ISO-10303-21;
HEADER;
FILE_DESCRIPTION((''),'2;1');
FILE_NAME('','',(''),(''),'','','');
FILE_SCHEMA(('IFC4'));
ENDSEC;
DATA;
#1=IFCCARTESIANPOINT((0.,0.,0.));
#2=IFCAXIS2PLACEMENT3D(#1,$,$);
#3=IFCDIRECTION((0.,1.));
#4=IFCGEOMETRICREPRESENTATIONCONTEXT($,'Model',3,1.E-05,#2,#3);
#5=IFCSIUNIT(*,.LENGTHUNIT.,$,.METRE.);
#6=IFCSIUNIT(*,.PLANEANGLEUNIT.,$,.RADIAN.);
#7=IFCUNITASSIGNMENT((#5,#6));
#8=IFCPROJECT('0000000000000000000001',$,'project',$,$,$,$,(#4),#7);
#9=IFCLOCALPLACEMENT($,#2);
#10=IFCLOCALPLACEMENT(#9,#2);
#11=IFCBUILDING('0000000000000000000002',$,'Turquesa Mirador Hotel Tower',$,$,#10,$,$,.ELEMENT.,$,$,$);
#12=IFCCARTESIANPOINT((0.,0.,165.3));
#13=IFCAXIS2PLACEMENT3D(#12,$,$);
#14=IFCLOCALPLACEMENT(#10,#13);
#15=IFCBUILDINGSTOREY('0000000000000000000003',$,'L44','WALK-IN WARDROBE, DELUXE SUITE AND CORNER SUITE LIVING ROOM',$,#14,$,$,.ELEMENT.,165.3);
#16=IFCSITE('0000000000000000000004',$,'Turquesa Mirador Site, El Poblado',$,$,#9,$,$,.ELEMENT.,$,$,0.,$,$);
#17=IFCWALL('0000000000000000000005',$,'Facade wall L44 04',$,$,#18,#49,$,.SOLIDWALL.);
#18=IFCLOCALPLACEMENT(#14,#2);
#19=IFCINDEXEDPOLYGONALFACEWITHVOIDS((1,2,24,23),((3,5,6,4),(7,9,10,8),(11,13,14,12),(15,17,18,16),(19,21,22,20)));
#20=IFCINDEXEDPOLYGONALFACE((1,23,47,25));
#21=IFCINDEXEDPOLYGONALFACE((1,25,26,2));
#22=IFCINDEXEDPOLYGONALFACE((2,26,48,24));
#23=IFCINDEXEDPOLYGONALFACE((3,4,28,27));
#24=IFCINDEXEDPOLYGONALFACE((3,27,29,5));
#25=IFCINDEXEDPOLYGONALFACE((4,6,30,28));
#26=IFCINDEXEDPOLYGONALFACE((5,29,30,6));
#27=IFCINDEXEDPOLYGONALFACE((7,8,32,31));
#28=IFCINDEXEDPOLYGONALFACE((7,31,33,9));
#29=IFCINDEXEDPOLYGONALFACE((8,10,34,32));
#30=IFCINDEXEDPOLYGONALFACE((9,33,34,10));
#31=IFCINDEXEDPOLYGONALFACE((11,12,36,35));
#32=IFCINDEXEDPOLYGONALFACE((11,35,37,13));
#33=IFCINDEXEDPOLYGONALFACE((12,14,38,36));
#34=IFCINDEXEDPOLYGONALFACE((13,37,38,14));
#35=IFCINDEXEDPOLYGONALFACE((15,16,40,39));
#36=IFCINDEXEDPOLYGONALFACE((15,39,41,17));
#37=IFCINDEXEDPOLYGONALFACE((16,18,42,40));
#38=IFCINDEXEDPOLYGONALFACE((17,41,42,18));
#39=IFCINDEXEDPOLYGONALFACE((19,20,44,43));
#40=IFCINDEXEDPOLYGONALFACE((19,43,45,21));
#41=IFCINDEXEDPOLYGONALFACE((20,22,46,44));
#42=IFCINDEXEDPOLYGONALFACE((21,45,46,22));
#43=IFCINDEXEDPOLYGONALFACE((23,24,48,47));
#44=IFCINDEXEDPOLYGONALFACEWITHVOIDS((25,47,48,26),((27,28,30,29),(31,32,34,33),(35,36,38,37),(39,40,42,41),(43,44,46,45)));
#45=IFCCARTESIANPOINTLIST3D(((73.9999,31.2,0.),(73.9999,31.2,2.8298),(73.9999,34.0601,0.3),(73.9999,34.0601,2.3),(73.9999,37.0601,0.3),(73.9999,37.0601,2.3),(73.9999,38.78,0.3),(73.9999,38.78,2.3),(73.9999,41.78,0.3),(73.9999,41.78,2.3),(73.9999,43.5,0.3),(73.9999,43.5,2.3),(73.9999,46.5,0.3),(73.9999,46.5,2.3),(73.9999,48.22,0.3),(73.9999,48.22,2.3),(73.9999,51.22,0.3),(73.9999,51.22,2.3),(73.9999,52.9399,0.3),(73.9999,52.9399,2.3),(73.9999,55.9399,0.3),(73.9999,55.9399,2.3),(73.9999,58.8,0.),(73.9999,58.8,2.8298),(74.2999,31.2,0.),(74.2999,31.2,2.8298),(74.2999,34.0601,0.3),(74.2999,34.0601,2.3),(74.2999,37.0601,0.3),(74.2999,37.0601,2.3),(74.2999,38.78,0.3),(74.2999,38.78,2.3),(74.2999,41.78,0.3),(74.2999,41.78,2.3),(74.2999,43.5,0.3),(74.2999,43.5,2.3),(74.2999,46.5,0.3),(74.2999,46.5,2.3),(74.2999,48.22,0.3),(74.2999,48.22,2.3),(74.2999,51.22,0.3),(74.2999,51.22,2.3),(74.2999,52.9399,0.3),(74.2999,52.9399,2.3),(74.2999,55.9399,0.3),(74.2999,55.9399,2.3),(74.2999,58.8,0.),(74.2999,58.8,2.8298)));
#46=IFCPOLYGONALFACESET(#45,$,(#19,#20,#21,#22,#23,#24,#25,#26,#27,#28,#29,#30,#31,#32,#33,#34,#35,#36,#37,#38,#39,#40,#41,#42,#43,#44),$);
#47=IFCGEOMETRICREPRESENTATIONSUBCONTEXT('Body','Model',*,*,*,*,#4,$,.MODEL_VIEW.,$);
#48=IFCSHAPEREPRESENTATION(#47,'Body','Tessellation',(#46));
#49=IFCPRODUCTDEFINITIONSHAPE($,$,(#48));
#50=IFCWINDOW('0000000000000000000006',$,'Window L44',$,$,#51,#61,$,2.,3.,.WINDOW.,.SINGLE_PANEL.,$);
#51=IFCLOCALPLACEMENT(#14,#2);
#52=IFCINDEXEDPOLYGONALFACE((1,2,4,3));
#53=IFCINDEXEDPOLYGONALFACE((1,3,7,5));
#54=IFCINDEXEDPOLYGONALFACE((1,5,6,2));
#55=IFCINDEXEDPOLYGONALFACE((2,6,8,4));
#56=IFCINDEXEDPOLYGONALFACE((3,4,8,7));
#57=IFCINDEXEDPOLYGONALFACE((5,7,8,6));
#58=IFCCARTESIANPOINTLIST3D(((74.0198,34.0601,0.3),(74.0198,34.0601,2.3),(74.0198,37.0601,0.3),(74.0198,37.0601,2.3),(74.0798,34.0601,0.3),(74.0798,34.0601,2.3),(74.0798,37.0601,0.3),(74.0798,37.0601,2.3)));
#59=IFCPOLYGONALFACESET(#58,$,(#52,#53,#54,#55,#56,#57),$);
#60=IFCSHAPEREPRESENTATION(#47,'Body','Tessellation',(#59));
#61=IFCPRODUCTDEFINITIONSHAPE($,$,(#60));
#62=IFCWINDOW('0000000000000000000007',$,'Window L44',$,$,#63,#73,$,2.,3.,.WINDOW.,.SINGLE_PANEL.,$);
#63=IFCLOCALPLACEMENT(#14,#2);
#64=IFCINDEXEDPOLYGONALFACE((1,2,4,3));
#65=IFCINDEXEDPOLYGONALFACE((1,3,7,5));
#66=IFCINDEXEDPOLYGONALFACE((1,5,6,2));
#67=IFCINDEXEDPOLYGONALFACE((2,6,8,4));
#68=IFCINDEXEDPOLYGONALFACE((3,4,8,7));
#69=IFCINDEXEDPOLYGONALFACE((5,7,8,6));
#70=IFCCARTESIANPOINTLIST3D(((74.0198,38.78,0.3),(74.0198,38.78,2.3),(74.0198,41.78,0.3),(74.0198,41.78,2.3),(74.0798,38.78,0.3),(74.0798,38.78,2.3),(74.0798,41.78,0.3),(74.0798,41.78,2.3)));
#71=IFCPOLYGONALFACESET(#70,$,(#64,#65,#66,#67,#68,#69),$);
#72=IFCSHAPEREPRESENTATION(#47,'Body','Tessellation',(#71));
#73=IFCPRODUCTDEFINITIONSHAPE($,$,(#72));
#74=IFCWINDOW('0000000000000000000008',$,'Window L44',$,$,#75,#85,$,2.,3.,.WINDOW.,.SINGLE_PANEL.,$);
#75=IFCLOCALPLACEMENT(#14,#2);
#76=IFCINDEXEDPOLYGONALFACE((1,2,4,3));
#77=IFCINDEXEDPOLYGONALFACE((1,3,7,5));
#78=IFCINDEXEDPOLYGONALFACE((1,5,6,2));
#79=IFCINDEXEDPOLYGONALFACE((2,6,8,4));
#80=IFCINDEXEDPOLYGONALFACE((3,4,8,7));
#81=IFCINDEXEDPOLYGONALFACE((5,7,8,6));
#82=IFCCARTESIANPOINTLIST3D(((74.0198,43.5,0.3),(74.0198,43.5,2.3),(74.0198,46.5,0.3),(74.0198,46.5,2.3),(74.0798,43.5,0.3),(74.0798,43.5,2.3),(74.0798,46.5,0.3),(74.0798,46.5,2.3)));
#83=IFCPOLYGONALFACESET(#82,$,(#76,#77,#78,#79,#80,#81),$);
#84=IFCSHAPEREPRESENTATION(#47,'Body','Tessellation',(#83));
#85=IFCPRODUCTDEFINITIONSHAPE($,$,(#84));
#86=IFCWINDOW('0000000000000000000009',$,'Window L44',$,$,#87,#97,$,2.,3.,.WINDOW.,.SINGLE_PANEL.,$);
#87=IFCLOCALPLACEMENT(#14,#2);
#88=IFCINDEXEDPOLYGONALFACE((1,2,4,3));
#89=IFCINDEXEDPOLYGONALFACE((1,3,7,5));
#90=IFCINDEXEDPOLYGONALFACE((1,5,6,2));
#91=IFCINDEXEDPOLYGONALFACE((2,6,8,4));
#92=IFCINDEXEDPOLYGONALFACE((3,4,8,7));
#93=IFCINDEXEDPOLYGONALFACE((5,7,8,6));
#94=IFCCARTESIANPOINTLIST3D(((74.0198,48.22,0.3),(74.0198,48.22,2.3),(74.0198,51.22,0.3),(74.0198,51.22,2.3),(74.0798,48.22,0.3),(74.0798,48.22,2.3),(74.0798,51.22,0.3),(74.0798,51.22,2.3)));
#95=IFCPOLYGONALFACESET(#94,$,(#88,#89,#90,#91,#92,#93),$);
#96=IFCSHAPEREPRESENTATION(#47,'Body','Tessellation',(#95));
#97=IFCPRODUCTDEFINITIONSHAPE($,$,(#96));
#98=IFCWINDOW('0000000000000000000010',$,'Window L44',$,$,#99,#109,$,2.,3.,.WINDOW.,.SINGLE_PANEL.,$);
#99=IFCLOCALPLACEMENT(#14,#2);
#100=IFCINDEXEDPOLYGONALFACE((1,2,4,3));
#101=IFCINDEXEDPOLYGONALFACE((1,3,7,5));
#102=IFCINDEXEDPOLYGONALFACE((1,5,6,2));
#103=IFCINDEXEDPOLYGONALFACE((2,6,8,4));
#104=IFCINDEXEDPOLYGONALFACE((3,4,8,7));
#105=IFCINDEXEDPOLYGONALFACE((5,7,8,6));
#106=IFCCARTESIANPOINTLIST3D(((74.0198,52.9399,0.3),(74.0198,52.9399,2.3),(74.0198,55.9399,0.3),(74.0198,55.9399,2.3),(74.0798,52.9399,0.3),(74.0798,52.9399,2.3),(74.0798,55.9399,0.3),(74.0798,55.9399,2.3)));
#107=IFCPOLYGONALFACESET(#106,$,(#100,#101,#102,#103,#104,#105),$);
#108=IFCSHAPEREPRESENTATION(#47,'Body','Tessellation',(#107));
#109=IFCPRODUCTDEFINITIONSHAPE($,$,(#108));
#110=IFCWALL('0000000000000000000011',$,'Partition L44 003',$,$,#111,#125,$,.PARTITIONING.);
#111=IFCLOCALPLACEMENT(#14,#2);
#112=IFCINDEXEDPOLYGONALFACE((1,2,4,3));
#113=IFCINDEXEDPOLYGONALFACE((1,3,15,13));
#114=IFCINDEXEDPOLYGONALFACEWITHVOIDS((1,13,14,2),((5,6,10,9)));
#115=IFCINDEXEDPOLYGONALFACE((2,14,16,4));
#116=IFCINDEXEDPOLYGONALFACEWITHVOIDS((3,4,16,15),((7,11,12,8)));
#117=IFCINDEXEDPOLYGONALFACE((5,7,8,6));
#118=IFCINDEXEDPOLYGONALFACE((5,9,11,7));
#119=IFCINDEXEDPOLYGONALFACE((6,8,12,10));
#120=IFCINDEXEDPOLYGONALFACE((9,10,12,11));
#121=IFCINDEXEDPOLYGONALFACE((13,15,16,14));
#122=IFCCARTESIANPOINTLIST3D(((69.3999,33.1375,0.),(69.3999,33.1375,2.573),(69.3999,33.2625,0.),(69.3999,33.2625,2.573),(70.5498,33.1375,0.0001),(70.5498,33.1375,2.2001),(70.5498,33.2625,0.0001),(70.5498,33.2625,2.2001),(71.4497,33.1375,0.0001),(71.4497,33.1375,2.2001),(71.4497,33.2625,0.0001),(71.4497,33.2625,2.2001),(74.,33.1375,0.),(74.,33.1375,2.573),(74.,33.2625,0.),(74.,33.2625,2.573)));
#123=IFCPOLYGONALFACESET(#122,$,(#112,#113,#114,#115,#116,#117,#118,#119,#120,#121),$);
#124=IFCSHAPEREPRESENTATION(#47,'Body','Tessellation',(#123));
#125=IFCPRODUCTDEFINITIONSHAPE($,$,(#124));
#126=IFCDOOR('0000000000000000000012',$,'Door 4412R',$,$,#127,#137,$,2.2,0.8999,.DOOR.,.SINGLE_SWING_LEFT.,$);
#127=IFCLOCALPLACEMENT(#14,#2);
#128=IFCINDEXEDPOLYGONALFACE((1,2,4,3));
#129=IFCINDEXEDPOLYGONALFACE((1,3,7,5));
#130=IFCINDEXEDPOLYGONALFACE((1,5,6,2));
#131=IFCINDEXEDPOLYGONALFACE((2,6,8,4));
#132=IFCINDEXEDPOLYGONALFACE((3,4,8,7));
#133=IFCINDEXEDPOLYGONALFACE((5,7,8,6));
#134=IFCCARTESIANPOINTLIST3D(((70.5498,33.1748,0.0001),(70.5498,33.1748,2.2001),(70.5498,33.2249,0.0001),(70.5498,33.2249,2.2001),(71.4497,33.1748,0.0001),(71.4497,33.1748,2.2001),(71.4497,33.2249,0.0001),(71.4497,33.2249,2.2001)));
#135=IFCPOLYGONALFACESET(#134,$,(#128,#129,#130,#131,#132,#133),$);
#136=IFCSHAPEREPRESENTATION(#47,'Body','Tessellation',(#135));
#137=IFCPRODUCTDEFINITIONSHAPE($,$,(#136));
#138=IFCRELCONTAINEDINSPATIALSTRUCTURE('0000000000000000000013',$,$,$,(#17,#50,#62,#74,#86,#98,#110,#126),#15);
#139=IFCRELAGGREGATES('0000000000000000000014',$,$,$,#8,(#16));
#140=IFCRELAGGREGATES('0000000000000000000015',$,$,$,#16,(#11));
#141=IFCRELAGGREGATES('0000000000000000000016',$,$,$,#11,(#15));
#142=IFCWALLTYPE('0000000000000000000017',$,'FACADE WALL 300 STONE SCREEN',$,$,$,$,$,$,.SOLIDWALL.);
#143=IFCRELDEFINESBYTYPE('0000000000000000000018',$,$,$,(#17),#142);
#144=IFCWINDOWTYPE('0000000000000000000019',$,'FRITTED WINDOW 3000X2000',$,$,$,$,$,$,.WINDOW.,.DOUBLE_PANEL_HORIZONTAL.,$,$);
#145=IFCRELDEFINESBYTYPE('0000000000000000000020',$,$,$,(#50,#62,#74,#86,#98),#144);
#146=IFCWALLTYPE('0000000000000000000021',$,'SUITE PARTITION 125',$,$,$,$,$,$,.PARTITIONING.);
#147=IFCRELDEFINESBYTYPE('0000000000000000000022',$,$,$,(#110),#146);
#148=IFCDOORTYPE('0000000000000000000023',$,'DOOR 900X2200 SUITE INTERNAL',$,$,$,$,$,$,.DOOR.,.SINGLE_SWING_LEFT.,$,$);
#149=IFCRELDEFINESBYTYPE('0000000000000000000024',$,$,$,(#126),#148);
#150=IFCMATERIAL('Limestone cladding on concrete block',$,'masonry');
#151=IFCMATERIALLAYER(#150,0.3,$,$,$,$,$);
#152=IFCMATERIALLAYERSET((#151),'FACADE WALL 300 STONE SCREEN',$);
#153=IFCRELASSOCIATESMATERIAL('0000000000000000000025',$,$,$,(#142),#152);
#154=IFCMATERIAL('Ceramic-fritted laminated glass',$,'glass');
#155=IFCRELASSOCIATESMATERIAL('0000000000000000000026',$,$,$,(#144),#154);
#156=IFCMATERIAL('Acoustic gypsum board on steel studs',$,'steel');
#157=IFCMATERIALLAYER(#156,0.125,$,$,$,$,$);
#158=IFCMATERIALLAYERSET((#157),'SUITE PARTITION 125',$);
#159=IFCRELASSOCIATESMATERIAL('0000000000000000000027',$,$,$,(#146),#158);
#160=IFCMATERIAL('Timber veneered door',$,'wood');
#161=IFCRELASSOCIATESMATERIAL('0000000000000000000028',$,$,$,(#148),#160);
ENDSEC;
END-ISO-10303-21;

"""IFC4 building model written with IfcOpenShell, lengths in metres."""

from ifc_helpers import new_model, si_unit, direction, frame, frame_2d, origin, place, context, subcontext, project, spatial, rectangle, extrude, material, layer, layer_set, type_object, element, fill, save


model = new_model("IFC4")

# Units and contexts
model_context = context("Model", 3, precision=1e-05, world=origin(), true_north=direction((0.0, 1.0)))
body_context = subcontext(model_context, "Body", "Model", "MODEL_VIEW")
ifc_project = project(units=[si_unit("LENGTHUNIT", "METRE"), si_unit("PLANEANGLEUNIT", "RADIAN")], contexts=[model_context])

# Site, building, storey
site_placement = place(None, origin())
site = spatial("IfcSite", under=ifc_project, at=site_placement, Name="Turquesa Mirador Site, El Poblado", CompositionType="ELEMENT", RefElevation=0.0)
building_placement = place(site_placement, origin())
building = spatial("IfcBuilding", under=site, at=building_placement, Name="Turquesa Mirador Hotel Tower", CompositionType="ELEMENT")
storey_placement = place(building_placement, frame((0.0, 0.0, 165.3)))
storey = spatial("IfcBuildingStorey", under=building, at=storey_placement, Name="L44", Description="WALK-IN WARDROBE, DELUXE SUITE AND CORNER SUITE LIVING ROOM", CompositionType="ELEMENT", Elevation=165.3)

# Shared definitions
ifc_material_1 = material(Name="Limestone cladding on concrete block", Category="masonry")
ifc_layer_1 = layer(ifc_material_1, 0.3)
ifc_layer_set_1 = layer_set([ifc_layer_1], Name="FACADE WALL 300 STONE SCREEN")
wall_type_1 = type_object("IfcWallType", Name="FACADE WALL 300 STONE SCREEN", PredefinedType="SOLIDWALL", material=ifc_layer_set_1)

# Wall, openings, windows
wall_1_placement = place(storey_placement, frame((74.1499, 31.2, 0.0), z_axis=(0.0, 0.0, 1.0), x_axis=(0.0, 1.0, 0.0)))
wall_1 = element("IfcWall", 1, at=wall_1_placement, inside=storey, type_object=wall_type_1, Name="Facade wall L44 04", PredefinedType="SOLIDWALL", context=body_context, shape_type="SweptSolid", body=[
    extrude(rectangle(XDim=27.6001, YDim=0.3, at=frame_2d((13.8, 0.0))), origin(), (0.0, 0.0, 1.0), 2.8298),
])
opening_1_placement = place(wall_1_placement, frame((2.8601, 0.0, 0.3)))
opening_1 = element("IfcOpeningElement", 2, at=opening_1_placement, cuts=wall_1, PredefinedType="OPENING", context=body_context, shape_type="SweptSolid", body=[
    extrude(rectangle(XDim=3.0, YDim=2.0, at=frame_2d((1.5, 1.0))), frame((0.0, 0.1599, 0.0), z_axis=(0.0, -1.0, 0.0), x_axis=(1.0, 0.0, 0.0)), (0.0, 0.0, 1.0), 0.3201),
])
opening_2_placement = place(wall_1_placement, frame((7.5801, 0.0, 0.3)))
opening_2 = element("IfcOpeningElement", 3, at=opening_2_placement, cuts=wall_1, PredefinedType="OPENING", context=body_context, shape_type="SweptSolid", body=[
    extrude(rectangle(XDim=3.0, YDim=2.0, at=frame_2d((1.5, 1.0))), frame((0.0, 0.1599, 0.0), z_axis=(0.0, -1.0, 0.0), x_axis=(1.0, 0.0, 0.0)), (0.0, 0.0, 1.0), 0.3201),
])
opening_3_placement = place(wall_1_placement, frame((12.3, 0.0, 0.3)))
opening_3 = element("IfcOpeningElement", 4, at=opening_3_placement, cuts=wall_1, PredefinedType="OPENING", context=body_context, shape_type="SweptSolid", body=[
    extrude(rectangle(XDim=3.0, YDim=2.0, at=frame_2d((1.5, 1.0))), frame((0.0, 0.1599, 0.0), z_axis=(0.0, -1.0, 0.0), x_axis=(1.0, 0.0, 0.0)), (0.0, 0.0, 1.0), 0.3201),
])
opening_4_placement = place(wall_1_placement, frame((17.02, 0.0, 0.3)))
opening_4 = element("IfcOpeningElement", 5, at=opening_4_placement, cuts=wall_1, PredefinedType="OPENING", context=body_context, shape_type="SweptSolid", body=[
    extrude(rectangle(XDim=3.0, YDim=2.0, at=frame_2d((1.5, 1.0))), frame((0.0, 0.1599, 0.0), z_axis=(0.0, -1.0, 0.0), x_axis=(1.0, 0.0, 0.0)), (0.0, 0.0, 1.0), 0.3201),
])
opening_5_placement = place(wall_1_placement, frame((21.74, 0.0, 0.3)))
opening_5 = element("IfcOpeningElement", 6, at=opening_5_placement, cuts=wall_1, PredefinedType="OPENING", context=body_context, shape_type="SweptSolid", body=[
    extrude(rectangle(XDim=3.0, YDim=2.0, at=frame_2d((1.5, 1.0))), frame((0.0, 0.1599, 0.0), z_axis=(0.0, -1.0, 0.0), x_axis=(1.0, 0.0, 0.0)), (0.0, 0.0, 1.0), 0.3201),
])
ifc_material_2 = material(Name="Ceramic-fritted laminated glass", Category="glass")
window_type_1 = type_object("IfcWindowType", Name="FRITTED WINDOW 3000X2000", PartitioningType="DOUBLE_PANEL_HORIZONTAL", PredefinedType="WINDOW", material=ifc_material_2)
window_1_placement = place(opening_1_placement, origin())
window_1 = element("IfcWindow", 7, at=window_1_placement, inside=storey, type_object=window_type_1, Name="Window L44", OverallHeight=2.0, OverallWidth=3.0, PartitioningType="SINGLE_PANEL", PredefinedType="WINDOW", context=body_context, shape_type="SweptSolid", body=[
    extrude(rectangle(XDim=3.0, YDim=2.0, at=frame_2d((1.5, 1.0))), frame((0.0, 0.1301, 0.0), z_axis=(0.0, -1.0, 0.0), x_axis=(1.0, 0.0, 0.0)), (0.0, 0.0, 1.0), 0.0601),
])
fill(opening_1, window_1)
window_2_placement = place(opening_2_placement, origin())
window_2 = element("IfcWindow", 8, at=window_2_placement, inside=storey, type_object=window_type_1, Name="Window L44", OverallHeight=2.0, OverallWidth=3.0, PartitioningType="SINGLE_PANEL", PredefinedType="WINDOW", context=body_context, shape_type="SweptSolid", body=[
    extrude(rectangle(XDim=3.0, YDim=2.0, at=frame_2d((1.5, 1.0))), frame((0.0, 0.1301, 0.0), z_axis=(0.0, -1.0, 0.0), x_axis=(1.0, 0.0, 0.0)), (0.0, 0.0, 1.0), 0.0601),
])
fill(opening_2, window_2)
window_3_placement = place(opening_3_placement, origin())
window_3 = element("IfcWindow", 9, at=window_3_placement, inside=storey, type_object=window_type_1, Name="Window L44", OverallHeight=2.0, OverallWidth=3.0, PartitioningType="SINGLE_PANEL", PredefinedType="WINDOW", context=body_context, shape_type="SweptSolid", body=[
    extrude(rectangle(XDim=3.0, YDim=2.0, at=frame_2d((1.5, 1.0))), frame((0.0, 0.1301, 0.0), z_axis=(0.0, -1.0, 0.0), x_axis=(1.0, 0.0, 0.0)), (0.0, 0.0, 1.0), 0.0601),
])
fill(opening_3, window_3)
window_4_placement = place(opening_4_placement, origin())
window_4 = element("IfcWindow", 10, at=window_4_placement, inside=storey, type_object=window_type_1, Name="Window L44", OverallHeight=2.0, OverallWidth=3.0, PartitioningType="SINGLE_PANEL", PredefinedType="WINDOW", context=body_context, shape_type="SweptSolid", body=[
    extrude(rectangle(XDim=3.0, YDim=2.0, at=frame_2d((1.5, 1.0))), frame((0.0, 0.1301, 0.0), z_axis=(0.0, -1.0, 0.0), x_axis=(1.0, 0.0, 0.0)), (0.0, 0.0, 1.0), 0.0601),
])
fill(opening_4, window_4)
window_5_placement = place(opening_5_placement, origin())
window_5 = element("IfcWindow", 11, at=window_5_placement, inside=storey, type_object=window_type_1, Name="Window L44", OverallHeight=2.0, OverallWidth=3.0, PartitioningType="SINGLE_PANEL", PredefinedType="WINDOW", context=body_context, shape_type="SweptSolid", body=[
    extrude(rectangle(XDim=3.0, YDim=2.0, at=frame_2d((1.5, 1.0))), frame((0.0, 0.1301, 0.0), z_axis=(0.0, -1.0, 0.0), x_axis=(1.0, 0.0, 0.0)), (0.0, 0.0, 1.0), 0.0601),
])
fill(opening_5, window_5)

# Wall, opening, door
ifc_material_3 = material(Name="Acoustic gypsum board on steel studs", Category="steel")
ifc_layer_2 = layer(ifc_material_3, 0.125)
ifc_layer_set_2 = layer_set([ifc_layer_2], Name="SUITE PARTITION 125")
wall_type_2 = type_object("IfcWallType", Name="SUITE PARTITION 125", PredefinedType="PARTITIONING", material=ifc_layer_set_2)
wall_2_placement = place(storey_placement, frame((69.3999, 33.2, 0.0), z_axis=(0.0, 0.0, 1.0), x_axis=(1.0, 0.0, 0.0)))
wall_2 = element("IfcWall", 12, at=wall_2_placement, inside=storey, type_object=wall_type_2, Name="Partition L44 003", PredefinedType="PARTITIONING", context=body_context, shape_type="SweptSolid", body=[
    extrude(rectangle(XDim=4.6001, YDim=0.125, at=frame_2d((2.3, 0.0))), origin(), (0.0, 0.0, 1.0), 2.573),
])
opening_6_placement = place(wall_2_placement, frame((1.1499, 0.0, 0.0)))
opening_6 = element("IfcOpeningElement", 13, at=opening_6_placement, cuts=wall_2, PredefinedType="OPENING", context=body_context, shape_type="SweptSolid", body=[
    extrude(rectangle(XDim=0.8999, YDim=2.2, at=frame_2d((0.45, 1.1001))), frame((0.0, 0.0725, 0.0), z_axis=(0.0, -1.0, 0.0), x_axis=(1.0, 0.0, 0.0)), (0.0, 0.0, 1.0), 0.145),
])
ifc_material_4 = material(Name="Timber veneered door", Category="wood")
door_type_1 = type_object("IfcDoorType", Name="DOOR 900X2200 SUITE INTERNAL", OperationType="SINGLE_SWING_LEFT", PredefinedType="DOOR", material=ifc_material_4)
door_1_placement = place(opening_6_placement, origin())
door_1 = element("IfcDoor", 14, at=door_1_placement, inside=storey, type_object=door_type_1, Name="Door 4412R", OperationType="SINGLE_SWING_LEFT", OverallHeight=2.2, OverallWidth=0.8999, PredefinedType="DOOR", context=body_context, shape_type="SweptSolid", body=[
    extrude(rectangle(XDim=0.8999, YDim=2.2, at=frame_2d((0.45, 1.1001))), frame((0.0, 0.0249, 0.0), z_axis=(0.0, -1.0, 0.0), x_axis=(1.0, 0.0, 0.0)), (0.0, 0.0, 1.0), 0.05),
])
fill(opening_6, door_1)

save(model, "model.ifc")
